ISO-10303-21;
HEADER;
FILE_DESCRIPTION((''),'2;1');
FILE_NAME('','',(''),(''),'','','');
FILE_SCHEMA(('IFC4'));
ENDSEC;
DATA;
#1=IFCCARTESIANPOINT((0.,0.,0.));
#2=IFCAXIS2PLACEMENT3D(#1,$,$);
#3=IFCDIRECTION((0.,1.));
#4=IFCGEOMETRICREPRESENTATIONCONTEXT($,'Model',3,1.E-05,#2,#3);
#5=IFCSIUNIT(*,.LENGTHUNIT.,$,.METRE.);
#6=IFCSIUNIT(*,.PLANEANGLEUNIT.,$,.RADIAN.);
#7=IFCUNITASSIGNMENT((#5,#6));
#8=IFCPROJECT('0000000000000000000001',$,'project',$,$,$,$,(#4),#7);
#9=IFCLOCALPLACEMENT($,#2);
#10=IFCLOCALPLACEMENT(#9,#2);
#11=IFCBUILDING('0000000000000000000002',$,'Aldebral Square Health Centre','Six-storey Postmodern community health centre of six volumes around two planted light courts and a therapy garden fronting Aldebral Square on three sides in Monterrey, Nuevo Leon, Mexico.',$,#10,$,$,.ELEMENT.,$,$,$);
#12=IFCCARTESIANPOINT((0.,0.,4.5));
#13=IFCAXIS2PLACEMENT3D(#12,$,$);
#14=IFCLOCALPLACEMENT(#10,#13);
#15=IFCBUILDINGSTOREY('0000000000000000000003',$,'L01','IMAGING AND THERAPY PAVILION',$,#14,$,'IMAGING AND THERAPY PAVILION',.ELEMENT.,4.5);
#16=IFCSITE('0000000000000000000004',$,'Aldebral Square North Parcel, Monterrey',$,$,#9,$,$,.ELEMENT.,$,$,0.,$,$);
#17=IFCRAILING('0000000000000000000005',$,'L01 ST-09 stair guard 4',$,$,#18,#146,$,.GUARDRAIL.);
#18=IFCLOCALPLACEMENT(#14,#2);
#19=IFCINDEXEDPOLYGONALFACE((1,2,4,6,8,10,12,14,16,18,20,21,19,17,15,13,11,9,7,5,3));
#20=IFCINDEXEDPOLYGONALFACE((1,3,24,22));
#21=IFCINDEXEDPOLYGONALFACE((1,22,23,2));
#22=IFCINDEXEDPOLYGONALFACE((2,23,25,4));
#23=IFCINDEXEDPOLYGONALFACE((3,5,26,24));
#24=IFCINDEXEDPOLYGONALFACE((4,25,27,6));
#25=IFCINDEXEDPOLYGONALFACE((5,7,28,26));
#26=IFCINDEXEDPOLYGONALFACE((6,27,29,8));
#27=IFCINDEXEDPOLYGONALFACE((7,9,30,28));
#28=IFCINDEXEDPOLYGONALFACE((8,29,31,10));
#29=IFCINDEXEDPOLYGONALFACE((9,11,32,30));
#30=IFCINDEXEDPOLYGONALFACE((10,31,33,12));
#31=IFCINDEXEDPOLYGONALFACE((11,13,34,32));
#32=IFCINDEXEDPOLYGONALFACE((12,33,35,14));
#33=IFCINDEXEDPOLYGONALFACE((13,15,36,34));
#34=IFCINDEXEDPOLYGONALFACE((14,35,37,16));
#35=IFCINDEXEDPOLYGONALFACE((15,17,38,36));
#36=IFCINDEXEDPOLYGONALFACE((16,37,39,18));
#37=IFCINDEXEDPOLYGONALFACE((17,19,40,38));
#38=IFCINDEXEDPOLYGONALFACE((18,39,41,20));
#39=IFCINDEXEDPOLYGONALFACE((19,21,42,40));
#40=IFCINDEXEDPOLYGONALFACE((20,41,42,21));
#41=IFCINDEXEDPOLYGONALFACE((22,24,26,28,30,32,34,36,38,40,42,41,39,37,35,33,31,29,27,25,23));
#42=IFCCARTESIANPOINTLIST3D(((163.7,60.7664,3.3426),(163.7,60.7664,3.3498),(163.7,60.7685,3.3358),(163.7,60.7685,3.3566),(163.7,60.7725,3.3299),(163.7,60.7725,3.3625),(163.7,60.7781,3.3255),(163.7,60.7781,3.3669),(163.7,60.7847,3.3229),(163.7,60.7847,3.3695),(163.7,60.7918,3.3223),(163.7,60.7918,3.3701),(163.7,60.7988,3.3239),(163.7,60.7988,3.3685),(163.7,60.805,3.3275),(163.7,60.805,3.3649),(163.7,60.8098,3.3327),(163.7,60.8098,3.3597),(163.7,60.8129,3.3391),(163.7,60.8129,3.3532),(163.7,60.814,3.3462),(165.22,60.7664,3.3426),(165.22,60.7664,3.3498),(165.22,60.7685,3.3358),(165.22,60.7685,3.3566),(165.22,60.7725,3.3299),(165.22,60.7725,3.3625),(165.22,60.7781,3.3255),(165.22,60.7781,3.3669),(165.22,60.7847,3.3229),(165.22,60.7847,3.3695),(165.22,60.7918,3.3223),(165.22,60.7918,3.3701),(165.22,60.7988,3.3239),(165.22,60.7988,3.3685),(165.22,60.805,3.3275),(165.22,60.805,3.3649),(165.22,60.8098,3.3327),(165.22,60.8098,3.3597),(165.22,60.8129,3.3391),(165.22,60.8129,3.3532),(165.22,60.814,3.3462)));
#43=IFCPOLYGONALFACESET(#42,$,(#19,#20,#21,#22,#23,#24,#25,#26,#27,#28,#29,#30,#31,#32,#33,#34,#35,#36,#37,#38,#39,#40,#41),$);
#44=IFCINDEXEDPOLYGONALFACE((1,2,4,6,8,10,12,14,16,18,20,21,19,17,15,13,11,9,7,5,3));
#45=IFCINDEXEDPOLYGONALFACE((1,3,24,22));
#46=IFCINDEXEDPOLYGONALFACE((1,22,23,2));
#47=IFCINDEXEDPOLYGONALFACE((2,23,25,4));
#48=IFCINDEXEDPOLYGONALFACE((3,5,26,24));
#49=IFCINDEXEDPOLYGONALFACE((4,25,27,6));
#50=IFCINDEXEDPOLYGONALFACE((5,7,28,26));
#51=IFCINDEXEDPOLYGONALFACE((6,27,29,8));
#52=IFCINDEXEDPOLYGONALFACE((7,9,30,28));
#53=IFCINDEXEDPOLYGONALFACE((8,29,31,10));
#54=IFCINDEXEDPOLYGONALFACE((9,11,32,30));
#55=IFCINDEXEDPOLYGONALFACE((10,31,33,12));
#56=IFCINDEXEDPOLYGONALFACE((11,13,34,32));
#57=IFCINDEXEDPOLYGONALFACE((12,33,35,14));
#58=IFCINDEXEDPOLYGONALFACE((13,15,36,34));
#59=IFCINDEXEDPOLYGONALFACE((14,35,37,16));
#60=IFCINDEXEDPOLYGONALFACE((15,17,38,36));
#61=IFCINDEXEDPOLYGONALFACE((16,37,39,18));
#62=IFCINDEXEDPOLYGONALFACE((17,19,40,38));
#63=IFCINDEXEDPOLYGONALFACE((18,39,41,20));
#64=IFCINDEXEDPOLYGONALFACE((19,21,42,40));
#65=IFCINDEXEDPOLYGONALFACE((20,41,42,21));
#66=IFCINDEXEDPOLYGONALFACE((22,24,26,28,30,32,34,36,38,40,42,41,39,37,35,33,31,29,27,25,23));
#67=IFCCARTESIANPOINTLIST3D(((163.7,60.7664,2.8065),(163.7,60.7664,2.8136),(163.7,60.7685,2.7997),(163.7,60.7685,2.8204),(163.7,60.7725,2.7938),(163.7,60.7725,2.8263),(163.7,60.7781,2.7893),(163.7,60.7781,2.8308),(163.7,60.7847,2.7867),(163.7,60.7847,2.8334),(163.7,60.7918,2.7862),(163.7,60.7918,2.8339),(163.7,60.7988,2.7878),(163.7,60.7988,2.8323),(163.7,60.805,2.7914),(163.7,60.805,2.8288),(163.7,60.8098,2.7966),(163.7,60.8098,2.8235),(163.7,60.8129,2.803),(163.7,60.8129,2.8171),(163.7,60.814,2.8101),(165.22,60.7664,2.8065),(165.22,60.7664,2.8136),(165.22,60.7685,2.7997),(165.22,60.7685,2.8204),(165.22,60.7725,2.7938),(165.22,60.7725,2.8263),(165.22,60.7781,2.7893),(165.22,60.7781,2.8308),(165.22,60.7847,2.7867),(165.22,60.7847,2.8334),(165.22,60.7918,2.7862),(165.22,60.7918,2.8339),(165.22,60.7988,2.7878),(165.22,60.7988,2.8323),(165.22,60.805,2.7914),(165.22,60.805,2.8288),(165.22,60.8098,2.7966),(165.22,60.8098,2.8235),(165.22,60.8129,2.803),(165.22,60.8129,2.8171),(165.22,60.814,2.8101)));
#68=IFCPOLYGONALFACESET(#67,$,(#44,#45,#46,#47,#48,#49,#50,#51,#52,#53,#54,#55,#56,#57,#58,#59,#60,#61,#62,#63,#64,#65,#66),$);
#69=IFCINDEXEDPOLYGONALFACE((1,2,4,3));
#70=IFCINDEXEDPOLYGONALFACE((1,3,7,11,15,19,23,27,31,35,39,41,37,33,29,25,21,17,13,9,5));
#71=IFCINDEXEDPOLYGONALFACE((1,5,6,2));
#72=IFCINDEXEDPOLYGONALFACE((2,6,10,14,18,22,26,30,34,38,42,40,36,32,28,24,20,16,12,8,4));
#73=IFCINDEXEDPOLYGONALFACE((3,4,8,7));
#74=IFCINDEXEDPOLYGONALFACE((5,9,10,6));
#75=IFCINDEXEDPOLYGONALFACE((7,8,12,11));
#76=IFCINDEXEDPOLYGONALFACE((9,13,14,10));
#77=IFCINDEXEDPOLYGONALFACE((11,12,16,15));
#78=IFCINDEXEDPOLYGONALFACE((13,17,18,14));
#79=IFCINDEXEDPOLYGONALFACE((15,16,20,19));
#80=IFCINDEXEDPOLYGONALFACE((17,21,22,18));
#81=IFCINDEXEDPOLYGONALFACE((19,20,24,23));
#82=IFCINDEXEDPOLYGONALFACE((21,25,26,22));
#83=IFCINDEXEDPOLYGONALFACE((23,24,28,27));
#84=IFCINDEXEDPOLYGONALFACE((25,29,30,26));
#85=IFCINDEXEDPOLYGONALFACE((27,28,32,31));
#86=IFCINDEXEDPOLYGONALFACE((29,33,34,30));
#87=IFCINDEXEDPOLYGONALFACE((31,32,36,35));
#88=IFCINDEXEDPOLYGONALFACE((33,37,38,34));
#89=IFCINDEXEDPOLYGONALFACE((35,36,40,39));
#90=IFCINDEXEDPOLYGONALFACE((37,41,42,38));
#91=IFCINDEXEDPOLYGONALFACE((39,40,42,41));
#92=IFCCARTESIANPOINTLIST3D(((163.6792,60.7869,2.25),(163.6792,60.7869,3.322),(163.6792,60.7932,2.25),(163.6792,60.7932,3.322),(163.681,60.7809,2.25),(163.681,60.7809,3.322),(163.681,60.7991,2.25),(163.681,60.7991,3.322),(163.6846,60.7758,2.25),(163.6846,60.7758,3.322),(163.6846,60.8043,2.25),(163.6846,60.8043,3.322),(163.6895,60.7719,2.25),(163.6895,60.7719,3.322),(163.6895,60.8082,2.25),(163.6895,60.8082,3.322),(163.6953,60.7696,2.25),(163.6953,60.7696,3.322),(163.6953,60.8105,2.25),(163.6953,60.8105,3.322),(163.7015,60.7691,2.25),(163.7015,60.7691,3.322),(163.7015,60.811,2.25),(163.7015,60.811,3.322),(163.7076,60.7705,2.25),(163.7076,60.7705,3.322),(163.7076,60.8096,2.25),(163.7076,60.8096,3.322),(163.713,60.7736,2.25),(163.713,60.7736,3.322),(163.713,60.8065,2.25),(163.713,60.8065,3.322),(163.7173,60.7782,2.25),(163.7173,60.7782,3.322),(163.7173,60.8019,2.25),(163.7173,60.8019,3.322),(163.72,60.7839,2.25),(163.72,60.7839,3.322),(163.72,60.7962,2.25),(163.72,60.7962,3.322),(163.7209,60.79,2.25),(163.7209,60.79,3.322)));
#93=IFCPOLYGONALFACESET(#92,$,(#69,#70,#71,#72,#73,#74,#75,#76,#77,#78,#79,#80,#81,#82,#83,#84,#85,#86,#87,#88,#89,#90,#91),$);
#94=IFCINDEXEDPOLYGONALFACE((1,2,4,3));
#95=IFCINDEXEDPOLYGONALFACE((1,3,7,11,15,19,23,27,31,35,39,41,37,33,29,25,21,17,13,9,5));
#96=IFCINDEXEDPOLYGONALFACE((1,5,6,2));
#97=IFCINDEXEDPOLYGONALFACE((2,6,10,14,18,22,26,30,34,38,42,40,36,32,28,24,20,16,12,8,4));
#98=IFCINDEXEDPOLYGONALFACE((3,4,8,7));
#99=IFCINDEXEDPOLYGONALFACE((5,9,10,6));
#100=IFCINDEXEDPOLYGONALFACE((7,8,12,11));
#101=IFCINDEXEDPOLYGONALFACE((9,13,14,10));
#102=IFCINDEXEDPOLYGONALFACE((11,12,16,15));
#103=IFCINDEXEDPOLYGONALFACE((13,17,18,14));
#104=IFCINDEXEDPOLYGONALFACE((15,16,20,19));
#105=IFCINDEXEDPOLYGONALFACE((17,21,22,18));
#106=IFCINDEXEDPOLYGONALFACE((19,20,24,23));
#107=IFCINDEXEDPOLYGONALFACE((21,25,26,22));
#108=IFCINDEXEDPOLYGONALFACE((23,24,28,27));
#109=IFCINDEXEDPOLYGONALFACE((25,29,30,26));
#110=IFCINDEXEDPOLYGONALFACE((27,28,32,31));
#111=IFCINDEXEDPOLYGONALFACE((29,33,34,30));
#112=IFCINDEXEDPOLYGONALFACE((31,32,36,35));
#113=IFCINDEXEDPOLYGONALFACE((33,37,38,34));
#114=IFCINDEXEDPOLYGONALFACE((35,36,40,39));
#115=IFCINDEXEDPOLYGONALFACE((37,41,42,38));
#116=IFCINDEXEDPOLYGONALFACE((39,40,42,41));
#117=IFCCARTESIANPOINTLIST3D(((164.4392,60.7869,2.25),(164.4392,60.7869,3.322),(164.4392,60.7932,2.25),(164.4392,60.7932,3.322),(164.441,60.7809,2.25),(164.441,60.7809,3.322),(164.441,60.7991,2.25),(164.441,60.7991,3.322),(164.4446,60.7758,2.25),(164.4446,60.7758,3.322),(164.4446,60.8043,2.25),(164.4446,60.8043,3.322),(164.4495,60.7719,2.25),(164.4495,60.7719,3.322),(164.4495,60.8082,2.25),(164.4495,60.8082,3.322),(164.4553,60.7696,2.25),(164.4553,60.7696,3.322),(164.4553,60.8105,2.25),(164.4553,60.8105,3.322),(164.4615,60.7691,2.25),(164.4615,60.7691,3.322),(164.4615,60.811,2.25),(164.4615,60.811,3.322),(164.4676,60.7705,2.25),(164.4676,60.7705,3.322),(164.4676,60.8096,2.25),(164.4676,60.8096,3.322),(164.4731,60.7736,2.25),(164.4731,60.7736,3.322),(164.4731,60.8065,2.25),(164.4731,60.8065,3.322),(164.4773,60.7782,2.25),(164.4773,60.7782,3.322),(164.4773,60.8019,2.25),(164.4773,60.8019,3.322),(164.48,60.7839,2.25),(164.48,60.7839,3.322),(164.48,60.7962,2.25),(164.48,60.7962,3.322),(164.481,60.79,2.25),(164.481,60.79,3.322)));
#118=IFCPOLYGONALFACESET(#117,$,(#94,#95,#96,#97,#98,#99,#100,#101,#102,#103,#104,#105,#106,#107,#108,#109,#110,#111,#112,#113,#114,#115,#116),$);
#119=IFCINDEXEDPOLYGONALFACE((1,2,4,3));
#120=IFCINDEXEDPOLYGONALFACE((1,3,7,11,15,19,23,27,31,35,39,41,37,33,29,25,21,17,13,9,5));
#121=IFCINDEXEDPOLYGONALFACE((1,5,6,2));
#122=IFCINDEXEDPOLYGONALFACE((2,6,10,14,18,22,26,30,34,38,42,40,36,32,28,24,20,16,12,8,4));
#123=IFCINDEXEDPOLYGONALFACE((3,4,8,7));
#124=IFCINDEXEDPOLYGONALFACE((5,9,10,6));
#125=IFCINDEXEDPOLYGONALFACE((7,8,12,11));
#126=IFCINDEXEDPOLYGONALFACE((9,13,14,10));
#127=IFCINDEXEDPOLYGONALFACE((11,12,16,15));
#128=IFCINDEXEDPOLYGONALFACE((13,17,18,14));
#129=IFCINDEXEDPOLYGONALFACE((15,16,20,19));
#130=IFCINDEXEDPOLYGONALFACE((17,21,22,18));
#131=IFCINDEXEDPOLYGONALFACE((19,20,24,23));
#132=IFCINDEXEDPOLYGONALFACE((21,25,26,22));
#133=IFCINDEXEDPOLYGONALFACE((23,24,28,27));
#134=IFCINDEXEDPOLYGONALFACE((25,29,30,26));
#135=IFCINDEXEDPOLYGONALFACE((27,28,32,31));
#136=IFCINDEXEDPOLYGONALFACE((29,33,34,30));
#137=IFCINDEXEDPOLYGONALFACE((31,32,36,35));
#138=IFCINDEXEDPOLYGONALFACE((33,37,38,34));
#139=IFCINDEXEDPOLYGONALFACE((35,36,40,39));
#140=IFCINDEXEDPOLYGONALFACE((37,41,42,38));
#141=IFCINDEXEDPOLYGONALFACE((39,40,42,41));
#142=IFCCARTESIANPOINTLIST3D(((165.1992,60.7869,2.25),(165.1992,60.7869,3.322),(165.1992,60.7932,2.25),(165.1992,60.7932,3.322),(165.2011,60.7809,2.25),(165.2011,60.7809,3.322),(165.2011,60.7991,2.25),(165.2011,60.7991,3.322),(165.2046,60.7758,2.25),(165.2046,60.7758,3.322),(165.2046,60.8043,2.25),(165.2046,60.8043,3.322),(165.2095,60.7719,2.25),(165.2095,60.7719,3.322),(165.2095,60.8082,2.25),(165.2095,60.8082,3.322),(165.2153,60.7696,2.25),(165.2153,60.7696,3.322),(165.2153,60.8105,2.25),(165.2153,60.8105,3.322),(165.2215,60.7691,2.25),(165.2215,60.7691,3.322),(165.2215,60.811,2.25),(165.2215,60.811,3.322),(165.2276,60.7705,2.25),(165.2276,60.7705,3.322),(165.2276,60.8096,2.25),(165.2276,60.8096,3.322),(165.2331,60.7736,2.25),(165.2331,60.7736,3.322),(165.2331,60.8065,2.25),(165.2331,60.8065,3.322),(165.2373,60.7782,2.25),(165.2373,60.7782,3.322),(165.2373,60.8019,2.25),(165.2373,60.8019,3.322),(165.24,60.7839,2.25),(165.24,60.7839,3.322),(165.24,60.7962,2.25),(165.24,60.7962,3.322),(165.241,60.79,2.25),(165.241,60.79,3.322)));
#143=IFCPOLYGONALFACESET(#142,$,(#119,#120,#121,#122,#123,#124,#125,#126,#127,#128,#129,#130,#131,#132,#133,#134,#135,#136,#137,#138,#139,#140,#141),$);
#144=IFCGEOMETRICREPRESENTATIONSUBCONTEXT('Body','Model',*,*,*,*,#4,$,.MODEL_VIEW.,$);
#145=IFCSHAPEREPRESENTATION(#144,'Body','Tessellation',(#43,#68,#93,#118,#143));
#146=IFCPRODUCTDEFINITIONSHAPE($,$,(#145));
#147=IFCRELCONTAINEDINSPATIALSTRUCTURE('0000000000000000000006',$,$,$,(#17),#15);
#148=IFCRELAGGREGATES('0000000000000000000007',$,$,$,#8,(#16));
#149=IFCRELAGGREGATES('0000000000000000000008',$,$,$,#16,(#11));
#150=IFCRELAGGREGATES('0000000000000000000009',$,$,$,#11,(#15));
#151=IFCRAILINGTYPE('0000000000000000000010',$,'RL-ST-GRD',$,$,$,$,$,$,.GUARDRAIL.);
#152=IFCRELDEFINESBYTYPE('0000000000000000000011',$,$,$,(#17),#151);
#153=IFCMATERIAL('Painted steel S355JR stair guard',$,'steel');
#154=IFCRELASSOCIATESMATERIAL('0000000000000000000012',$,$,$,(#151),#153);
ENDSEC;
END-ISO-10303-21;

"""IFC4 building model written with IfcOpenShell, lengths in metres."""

from ifc_helpers import new_model, si_unit, direction, frame, origin, origin_2d, place, context, subcontext, project, spatial, circle, extrude, material, type_object, element, save


model = new_model("IFC4")

# Units and contexts
model_context = context("Model", 3, precision=1e-05, world=origin(), true_north=direction((0.0, 1.0)))
body_context = subcontext(model_context, "Body", "Model", "MODEL_VIEW")
ifc_project = project(units=[si_unit("LENGTHUNIT", "METRE"), si_unit("PLANEANGLEUNIT", "RADIAN")], contexts=[model_context])

# Site, building, storey
site_placement = place(None, origin())
site = spatial("IfcSite", under=ifc_project, at=site_placement, Name="Aldebral Square North Parcel, Monterrey", CompositionType="ELEMENT", RefElevation=0.0)
building_placement = place(site_placement, origin())
building = spatial("IfcBuilding", under=site, at=building_placement, Name="Aldebral Square Health Centre", Description="Six-storey Postmodern community health centre of six volumes around two planted light courts and a therapy garden fronting Aldebral Square on three sides in Monterrey, Nuevo Leon, Mexico.", CompositionType="ELEMENT")
storey_placement = place(building_placement, frame((0.0, 0.0, 4.5)))
storey = spatial("IfcBuildingStorey", under=building, at=storey_placement, Name="L01", Description="IMAGING AND THERAPY PAVILION", LongName="IMAGING AND THERAPY PAVILION", CompositionType="ELEMENT", Elevation=4.5)

# Railing
ifc_material_1 = material(Name="Painted steel S355JR stair guard", Category="steel")
railing_type_1 = type_object("IfcRailingType", Name="RL-ST-GRD", PredefinedType="GUARDRAIL", material=ifc_material_1)
railing_1_placement = place(storey_placement, frame((163.7, 60.79, 2.25)))
element("IfcRailing", 1, at=railing_1_placement, inside=storey, type_object=railing_type_1, Name="L01 ST-09 stair guard 4", PredefinedType="GUARDRAIL", context=body_context, shape_type="SweptSolid", body=[
    extrude(circle(Radius=0.0239, at=origin_2d()), frame((0.0, 0.0, 1.0962), z_axis=(1.0, 0.0, 0.0), x_axis=(0.0, 1.0, 0.0)), (0.0, 0.0, 1.0), 1.52),
    extrude(circle(Radius=0.0239, at=origin_2d()), frame((0.0, 0.0, 0.5601), z_axis=(1.0, 0.0, 0.0), x_axis=(0.0, 1.0, 0.0)), (0.0, 0.0, 1.0), 1.52),
    extrude(circle(Radius=0.021, at=origin_2d()), origin(), (0.0, 0.0, 1.0), 1.072),
    extrude(circle(Radius=0.021, at=origin_2d()), frame((0.76, 0.0, 0.0)), (0.0, 0.0, 1.0), 1.072),
    extrude(circle(Radius=0.021, at=origin_2d()), frame((1.52, 0.0, 0.0)), (0.0, 0.0, 1.0), 1.072),
])

save(model, "model.ifc")
